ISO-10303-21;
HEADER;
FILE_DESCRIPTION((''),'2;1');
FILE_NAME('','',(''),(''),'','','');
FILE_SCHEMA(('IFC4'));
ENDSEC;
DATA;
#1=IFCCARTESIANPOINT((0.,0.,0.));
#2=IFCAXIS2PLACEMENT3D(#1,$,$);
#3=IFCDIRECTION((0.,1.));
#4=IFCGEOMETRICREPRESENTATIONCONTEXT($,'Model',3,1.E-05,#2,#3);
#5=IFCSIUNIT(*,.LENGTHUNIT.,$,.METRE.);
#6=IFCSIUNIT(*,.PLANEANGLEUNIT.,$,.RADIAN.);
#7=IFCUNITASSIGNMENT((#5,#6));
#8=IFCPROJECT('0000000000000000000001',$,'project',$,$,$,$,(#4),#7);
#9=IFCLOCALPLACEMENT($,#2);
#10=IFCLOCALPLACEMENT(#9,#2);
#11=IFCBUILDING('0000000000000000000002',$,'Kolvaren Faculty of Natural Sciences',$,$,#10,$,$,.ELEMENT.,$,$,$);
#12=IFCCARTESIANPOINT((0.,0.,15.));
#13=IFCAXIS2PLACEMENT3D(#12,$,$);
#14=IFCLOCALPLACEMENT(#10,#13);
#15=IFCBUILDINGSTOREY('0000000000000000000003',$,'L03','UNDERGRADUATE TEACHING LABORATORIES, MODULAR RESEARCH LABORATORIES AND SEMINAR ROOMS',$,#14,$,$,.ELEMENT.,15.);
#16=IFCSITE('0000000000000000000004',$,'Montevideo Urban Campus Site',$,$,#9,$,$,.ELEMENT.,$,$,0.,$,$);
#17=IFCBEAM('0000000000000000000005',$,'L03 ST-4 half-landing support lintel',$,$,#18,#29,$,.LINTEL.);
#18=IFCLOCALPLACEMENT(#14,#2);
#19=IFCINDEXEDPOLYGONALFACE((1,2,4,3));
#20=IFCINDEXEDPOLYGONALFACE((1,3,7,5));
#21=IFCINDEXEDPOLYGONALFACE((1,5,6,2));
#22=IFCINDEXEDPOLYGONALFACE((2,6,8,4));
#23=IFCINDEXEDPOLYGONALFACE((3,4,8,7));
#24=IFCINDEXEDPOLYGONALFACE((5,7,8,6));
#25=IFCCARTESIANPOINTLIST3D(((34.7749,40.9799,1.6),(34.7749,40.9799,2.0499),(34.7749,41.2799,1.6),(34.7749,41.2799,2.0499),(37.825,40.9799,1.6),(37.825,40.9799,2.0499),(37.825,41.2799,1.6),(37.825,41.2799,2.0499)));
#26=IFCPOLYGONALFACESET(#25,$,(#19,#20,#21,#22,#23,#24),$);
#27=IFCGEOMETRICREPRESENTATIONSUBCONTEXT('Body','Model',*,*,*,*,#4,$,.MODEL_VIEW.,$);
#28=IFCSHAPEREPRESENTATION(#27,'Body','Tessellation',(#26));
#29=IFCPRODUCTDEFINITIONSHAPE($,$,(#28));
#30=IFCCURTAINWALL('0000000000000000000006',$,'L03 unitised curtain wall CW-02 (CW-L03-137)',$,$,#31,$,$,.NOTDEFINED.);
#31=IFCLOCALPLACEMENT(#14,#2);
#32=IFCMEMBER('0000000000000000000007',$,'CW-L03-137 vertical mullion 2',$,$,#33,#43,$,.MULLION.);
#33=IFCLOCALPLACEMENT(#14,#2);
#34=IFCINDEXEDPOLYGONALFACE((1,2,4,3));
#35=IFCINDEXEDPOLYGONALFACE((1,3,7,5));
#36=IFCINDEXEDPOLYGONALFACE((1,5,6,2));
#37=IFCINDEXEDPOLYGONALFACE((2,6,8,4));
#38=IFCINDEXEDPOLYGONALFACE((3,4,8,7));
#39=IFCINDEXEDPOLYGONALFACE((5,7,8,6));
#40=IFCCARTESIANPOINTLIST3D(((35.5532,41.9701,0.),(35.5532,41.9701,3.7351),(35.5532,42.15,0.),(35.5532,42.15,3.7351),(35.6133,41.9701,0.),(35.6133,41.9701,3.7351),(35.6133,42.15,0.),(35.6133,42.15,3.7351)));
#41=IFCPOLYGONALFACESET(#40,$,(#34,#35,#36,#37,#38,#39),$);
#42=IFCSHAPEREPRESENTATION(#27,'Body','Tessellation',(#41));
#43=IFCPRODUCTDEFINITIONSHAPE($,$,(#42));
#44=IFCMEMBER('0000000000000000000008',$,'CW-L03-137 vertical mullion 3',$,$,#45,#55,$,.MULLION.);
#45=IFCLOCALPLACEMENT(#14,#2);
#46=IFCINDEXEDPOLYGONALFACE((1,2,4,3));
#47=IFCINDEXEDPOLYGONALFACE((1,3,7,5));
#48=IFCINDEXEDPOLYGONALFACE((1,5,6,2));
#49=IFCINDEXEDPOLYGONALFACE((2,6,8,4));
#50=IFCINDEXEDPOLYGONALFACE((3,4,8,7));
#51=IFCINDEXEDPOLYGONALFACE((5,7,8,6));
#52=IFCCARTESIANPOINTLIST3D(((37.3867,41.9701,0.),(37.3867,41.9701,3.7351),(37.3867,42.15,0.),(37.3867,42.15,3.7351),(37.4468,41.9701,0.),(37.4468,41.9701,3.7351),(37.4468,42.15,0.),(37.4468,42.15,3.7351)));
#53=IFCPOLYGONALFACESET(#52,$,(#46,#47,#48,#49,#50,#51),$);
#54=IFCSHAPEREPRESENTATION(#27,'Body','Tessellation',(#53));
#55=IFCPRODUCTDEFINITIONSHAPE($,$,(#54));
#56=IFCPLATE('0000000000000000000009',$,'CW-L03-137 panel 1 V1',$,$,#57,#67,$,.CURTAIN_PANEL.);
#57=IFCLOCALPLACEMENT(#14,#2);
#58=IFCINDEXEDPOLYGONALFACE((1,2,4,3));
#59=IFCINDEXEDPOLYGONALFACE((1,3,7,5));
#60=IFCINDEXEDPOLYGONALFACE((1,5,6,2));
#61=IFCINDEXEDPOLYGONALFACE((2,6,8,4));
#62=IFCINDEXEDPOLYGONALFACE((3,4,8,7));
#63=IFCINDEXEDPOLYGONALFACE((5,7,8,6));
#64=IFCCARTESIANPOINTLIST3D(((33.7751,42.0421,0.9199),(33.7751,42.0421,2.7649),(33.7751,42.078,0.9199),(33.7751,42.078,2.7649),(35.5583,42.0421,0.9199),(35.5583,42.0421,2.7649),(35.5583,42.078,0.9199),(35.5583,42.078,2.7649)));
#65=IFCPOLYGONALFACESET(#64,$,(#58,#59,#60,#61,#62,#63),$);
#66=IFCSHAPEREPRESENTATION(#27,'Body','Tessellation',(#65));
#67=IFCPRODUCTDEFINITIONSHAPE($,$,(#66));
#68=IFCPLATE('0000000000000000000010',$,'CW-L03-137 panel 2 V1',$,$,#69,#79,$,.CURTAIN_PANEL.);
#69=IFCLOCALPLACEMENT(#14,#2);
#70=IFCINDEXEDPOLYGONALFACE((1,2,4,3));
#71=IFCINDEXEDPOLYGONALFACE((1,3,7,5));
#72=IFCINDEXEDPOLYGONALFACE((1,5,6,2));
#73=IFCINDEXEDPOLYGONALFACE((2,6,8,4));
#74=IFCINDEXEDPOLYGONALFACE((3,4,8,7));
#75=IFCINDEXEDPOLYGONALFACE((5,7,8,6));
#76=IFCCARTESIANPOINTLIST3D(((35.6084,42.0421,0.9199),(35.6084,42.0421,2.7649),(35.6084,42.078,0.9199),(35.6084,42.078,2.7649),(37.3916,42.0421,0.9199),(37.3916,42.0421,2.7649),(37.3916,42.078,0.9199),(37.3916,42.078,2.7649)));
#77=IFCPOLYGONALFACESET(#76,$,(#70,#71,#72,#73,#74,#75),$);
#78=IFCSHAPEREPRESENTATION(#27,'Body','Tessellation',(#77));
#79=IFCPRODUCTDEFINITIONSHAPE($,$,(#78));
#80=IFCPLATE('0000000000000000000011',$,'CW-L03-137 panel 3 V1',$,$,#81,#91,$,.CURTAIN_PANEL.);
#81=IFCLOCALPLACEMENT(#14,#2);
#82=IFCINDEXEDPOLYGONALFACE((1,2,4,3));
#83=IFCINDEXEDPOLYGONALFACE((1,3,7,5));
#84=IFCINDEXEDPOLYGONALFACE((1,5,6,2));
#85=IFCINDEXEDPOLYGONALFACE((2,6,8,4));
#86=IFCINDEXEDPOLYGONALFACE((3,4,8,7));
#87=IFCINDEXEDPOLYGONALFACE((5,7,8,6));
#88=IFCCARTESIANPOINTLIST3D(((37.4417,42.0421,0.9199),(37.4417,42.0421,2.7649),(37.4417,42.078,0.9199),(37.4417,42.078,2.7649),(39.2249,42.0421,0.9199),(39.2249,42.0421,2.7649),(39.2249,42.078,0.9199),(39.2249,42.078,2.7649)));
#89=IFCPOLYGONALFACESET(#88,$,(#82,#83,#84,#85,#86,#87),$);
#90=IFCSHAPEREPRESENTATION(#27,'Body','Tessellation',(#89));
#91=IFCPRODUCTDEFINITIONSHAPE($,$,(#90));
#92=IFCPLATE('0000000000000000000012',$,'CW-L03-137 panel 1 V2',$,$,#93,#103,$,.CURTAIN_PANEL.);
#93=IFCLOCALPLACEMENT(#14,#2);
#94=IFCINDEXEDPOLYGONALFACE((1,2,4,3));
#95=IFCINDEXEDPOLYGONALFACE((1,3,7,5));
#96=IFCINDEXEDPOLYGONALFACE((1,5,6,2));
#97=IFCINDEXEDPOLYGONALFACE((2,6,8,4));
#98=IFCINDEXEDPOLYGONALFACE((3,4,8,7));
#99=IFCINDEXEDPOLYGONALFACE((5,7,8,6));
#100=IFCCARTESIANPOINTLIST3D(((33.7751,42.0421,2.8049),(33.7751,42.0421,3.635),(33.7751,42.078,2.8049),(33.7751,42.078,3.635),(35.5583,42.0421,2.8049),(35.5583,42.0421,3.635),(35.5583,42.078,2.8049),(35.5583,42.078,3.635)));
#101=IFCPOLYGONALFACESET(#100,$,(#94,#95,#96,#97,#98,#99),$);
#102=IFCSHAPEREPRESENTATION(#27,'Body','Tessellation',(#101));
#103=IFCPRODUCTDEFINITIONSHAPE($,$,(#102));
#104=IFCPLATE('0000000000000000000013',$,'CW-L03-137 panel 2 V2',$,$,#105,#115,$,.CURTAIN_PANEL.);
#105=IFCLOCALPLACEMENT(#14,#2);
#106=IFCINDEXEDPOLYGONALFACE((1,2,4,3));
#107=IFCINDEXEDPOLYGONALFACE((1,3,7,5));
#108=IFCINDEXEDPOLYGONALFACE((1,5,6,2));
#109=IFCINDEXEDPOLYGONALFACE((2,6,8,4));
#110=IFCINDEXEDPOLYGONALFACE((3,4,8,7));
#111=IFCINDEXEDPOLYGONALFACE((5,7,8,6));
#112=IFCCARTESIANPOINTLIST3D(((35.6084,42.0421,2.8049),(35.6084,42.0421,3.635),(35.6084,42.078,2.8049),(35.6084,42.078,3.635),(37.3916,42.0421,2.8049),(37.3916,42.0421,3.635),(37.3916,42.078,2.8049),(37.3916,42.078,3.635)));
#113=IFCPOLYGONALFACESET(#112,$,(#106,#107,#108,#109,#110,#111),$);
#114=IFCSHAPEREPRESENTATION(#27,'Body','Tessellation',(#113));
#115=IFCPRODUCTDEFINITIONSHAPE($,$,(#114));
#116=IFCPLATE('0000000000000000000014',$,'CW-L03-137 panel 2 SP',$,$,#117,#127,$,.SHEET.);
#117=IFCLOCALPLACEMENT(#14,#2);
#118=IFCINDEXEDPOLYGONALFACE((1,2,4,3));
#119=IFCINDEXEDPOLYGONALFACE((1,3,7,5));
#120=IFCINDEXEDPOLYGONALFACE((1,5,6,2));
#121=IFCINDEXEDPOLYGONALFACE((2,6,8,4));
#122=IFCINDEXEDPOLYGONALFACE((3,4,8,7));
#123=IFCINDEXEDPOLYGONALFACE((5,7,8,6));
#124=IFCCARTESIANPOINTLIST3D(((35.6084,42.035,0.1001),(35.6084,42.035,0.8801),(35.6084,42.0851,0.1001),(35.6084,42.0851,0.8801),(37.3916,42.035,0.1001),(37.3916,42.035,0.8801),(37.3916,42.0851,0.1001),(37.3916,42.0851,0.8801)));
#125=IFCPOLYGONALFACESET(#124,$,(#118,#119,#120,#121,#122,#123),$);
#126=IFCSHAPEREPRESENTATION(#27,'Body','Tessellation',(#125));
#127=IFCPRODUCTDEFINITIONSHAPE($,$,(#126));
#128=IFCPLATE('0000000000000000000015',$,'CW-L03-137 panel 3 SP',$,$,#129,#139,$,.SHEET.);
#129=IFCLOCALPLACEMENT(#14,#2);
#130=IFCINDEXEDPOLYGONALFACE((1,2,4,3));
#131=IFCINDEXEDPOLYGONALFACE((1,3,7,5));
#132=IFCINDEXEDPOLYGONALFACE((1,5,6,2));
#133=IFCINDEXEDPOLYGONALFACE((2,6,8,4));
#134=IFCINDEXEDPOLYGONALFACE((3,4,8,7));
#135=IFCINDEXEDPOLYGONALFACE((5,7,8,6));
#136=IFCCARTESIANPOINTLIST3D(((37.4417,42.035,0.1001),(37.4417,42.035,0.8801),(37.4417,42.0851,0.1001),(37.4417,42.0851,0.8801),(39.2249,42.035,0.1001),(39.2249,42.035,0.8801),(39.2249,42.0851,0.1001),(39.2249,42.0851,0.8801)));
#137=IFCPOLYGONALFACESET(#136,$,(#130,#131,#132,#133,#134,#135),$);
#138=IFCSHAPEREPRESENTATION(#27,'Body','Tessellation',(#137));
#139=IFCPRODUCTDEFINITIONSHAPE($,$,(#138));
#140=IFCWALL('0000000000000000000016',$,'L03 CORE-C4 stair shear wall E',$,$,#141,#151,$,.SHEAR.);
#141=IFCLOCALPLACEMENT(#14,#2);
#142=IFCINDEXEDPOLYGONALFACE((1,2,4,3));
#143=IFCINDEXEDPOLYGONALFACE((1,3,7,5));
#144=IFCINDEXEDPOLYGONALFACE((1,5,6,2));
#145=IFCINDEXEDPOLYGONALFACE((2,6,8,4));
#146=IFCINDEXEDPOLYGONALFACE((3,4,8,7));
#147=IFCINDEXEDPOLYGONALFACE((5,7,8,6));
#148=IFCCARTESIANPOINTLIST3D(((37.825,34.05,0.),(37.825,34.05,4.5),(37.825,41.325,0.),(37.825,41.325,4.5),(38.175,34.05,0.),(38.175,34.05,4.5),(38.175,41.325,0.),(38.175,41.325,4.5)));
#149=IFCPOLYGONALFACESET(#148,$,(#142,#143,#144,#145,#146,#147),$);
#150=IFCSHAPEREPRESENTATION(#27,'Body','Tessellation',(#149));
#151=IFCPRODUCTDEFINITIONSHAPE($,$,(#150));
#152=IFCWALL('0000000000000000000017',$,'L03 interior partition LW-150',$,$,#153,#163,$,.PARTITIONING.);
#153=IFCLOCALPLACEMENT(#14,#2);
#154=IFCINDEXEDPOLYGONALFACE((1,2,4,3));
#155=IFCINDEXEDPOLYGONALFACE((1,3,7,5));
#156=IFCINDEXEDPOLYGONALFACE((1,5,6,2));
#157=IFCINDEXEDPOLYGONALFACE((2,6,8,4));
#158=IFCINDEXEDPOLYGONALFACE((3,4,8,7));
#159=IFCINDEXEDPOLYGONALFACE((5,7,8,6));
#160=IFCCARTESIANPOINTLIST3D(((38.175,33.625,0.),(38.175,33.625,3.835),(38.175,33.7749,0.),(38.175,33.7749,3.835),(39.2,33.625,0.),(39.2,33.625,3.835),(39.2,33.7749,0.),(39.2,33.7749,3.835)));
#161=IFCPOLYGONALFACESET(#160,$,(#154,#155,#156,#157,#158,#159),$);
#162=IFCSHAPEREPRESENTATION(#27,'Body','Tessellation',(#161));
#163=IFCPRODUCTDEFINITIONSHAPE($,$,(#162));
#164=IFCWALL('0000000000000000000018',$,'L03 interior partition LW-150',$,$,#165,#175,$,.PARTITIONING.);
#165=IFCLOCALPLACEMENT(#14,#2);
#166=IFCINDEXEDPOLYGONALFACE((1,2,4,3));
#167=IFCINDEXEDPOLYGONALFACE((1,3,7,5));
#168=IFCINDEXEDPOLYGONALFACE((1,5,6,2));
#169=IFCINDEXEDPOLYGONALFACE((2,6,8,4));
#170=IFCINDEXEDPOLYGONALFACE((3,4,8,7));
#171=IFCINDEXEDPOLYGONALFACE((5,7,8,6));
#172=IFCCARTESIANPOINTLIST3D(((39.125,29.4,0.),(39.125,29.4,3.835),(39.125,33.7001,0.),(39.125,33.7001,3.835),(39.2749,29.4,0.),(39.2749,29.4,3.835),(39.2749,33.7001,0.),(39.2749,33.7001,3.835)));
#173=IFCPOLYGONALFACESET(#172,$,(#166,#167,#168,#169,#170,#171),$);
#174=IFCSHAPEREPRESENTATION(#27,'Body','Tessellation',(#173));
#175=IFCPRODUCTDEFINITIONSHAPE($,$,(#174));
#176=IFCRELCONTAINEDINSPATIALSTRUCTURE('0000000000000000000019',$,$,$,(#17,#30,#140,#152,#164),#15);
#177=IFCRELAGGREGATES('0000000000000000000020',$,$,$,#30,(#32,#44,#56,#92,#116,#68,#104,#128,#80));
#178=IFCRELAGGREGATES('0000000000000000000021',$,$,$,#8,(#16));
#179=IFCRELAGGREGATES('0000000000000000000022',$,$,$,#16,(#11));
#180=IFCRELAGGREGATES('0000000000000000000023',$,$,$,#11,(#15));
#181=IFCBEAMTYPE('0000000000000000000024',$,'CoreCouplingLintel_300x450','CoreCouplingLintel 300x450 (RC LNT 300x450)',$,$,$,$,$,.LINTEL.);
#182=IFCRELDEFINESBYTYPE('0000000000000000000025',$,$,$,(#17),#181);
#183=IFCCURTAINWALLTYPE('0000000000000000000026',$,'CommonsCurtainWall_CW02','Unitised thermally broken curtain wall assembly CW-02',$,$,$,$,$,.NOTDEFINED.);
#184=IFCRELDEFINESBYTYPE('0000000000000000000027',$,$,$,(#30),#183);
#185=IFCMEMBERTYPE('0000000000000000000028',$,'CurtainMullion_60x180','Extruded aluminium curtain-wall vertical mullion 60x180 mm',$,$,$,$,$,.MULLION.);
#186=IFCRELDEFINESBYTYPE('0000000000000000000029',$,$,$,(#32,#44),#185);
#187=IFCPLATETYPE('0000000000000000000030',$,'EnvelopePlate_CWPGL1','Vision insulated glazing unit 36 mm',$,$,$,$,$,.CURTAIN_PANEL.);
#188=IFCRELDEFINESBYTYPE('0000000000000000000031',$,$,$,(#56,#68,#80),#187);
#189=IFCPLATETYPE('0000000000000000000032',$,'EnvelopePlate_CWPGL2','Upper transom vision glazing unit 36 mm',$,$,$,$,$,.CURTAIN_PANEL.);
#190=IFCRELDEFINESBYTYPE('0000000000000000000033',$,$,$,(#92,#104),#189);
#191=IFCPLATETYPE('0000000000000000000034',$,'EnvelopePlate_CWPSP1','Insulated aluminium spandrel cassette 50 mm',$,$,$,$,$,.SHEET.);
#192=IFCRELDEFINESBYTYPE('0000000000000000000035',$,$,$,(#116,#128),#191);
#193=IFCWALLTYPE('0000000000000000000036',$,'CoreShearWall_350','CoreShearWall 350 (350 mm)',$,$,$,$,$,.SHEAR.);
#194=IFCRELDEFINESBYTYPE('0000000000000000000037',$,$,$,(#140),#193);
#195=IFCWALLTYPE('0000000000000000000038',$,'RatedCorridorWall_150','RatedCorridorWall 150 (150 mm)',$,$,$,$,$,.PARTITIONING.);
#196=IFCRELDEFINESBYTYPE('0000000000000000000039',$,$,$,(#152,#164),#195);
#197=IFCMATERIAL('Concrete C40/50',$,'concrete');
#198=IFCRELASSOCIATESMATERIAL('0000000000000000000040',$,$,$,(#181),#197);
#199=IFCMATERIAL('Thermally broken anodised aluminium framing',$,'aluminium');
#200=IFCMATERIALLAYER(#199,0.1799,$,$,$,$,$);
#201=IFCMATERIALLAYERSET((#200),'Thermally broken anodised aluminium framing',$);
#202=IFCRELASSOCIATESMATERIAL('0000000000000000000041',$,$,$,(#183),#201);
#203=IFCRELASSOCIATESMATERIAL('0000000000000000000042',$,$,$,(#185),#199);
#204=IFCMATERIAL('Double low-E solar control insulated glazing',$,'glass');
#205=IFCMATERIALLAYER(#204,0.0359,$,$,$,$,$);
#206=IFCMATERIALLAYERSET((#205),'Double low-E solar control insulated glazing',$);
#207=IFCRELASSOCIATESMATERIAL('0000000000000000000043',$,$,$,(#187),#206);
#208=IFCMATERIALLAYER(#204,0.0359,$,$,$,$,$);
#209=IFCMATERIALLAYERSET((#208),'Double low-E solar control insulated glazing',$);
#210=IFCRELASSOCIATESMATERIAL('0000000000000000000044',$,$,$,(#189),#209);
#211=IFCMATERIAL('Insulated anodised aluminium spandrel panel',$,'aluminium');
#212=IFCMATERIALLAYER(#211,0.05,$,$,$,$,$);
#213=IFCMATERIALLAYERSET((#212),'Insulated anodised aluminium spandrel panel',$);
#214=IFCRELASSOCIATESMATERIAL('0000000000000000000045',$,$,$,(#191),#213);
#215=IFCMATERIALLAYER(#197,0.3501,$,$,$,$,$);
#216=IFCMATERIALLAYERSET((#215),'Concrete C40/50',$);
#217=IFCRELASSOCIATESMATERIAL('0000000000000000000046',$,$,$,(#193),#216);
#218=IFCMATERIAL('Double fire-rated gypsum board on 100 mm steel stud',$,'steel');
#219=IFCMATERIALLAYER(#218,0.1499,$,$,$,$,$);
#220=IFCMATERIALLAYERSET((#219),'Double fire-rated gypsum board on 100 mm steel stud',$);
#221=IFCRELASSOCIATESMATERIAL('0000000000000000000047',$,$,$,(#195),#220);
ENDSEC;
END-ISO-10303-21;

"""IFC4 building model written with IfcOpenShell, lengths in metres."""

from ifc_helpers import new_model, si_unit, direction, frame, frame_2d, origin, origin_2d, place, context, subcontext, project, spatial, rectangle, extrude, material, layer, layer_set, material_profile, profile_set, type_object, element, aggregate, save


model = new_model("IFC4")

# Units and contexts
model_context = context("Model", 3, precision=1e-05, world=origin(), true_north=direction((0.0, 1.0)))
body_context = subcontext(model_context, "Body", "Model", "MODEL_VIEW")
ifc_project = project(units=[si_unit("LENGTHUNIT", "METRE"), si_unit("PLANEANGLEUNIT", "RADIAN")], contexts=[model_context])

# Site, building, storey
site_placement = place(None, origin())
site = spatial("IfcSite", under=ifc_project, at=site_placement, Name="Montevideo Urban Campus Site", CompositionType="ELEMENT", RefElevation=0.0)
building_placement = place(site_placement, origin())
building = spatial("IfcBuilding", under=site, at=building_placement, Name="Kolvaren Faculty of Natural Sciences", CompositionType="ELEMENT")
storey_placement = place(building_placement, frame((0.0, 0.0, 15.0)))
storey = spatial("IfcBuildingStorey", under=building, at=storey_placement, Name="L03", Description="UNDERGRADUATE TEACHING LABORATORIES, MODULAR RESEARCH LABORATORIES AND SEMINAR ROOMS", CompositionType="ELEMENT", Elevation=15.0)

# Beam
ifc_material_1 = material(Name="Concrete C40/50", Category="concrete")
ifc_material_profile_1 = material_profile(ifc_material_1, rectangle(XDim=0.3, YDim=0.45, at=origin_2d()), Name="RC LNT 300x450")
ifc_profile_set_1 = profile_set([ifc_material_profile_1], Name="Concrete C40/50")
beam_type = type_object("IfcBeamType", Name="CoreCouplingLintel_300x450", Description="CoreCouplingLintel 300x450 (RC LNT 300x450)", PredefinedType="LINTEL", material=ifc_profile_set_1)
beam_placement = place(storey_placement, frame((34.7749, 41.1299, 1.825), z_axis=(1.0, 0.0, 0.0), x_axis=(0.0, 1.0, 0.0)))
element("IfcBeam", 1, at=beam_placement, inside=storey, type_object=beam_type, Name="L03 ST-4 half-landing support lintel", PredefinedType="LINTEL", context=body_context, shape_type="SweptSolid", body=[
    extrude(rectangle(XDim=0.3, YDim=0.45, at=origin_2d()), origin(), (0.0, 0.0, 1.0), 3.05),
])

# Curtain wall, members, plates
ifc_material_2 = material(Name="Thermally broken anodised aluminium framing", Category="aluminium")
ifc_layer_1 = layer(ifc_material_2, 0.1799)
ifc_layer_set_1 = layer_set([ifc_layer_1], Name="Thermally broken anodised aluminium framing")
curtain_wall_type = type_object("IfcCurtainWallType", Name="CommonsCurtainWall_CW02", Description="Unitised thermally broken curtain wall assembly CW-02", PredefinedType="NOTDEFINED", material=ifc_layer_set_1)
curtain_wall_placement = place(storey_placement, origin())
curtain_wall = element("IfcCurtainWall", 2, at=curtain_wall_placement, inside=storey, type_object=curtain_wall_type, Name="L03 unitised curtain wall CW-02 (CW-L03-137)", PredefinedType="NOTDEFINED")
ifc_material_profile_2 = material_profile(ifc_material_2, rectangle(XDim=0.0601, YDim=0.1799, at=origin_2d()), Name="ALU MUL 60x180")
ifc_profile_set_2 = profile_set([ifc_material_profile_2], Name="Thermally broken anodised aluminium framing")
member_type = type_object("IfcMemberType", Name="CurtainMullion_60x180", Description="Extruded aluminium curtain-wall vertical mullion 60x180 mm", PredefinedType="MULLION", material=ifc_profile_set_2)
member_1_placement = place(storey_placement, frame((35.5833, 42.0601, 0.0), z_axis=(0.0, 0.0, 1.0), x_axis=(1.0, 0.0, 0.0)))
member_1 = element("IfcMember", 3, at=member_1_placement, type_object=member_type, Name="CW-L03-137 vertical mullion 2", PredefinedType="MULLION", context=body_context, shape_type="SweptSolid", body=[
    extrude(rectangle(XDim=0.0601, YDim=0.1799, at=origin_2d()), origin(), (0.0, 0.0, 1.0), 3.7351),
])
member_2_placement = place(storey_placement, frame((37.4167, 42.0601, 0.0), z_axis=(0.0, 0.0, 1.0), x_axis=(1.0, 0.0, 0.0)))
member_2 = element("IfcMember", 4, at=member_2_placement, type_object=member_type, Name="CW-L03-137 vertical mullion 3", PredefinedType="MULLION", context=body_context, shape_type="SweptSolid", body=[
    extrude(rectangle(XDim=0.0601, YDim=0.1799, at=origin_2d()), origin(), (0.0, 0.0, 1.0), 3.7351),
])
ifc_material_3 = material(Name="Double low-E solar control insulated glazing", Category="glass")
ifc_layer_2 = layer(ifc_material_3, 0.0359)
ifc_layer_set_2 = layer_set([ifc_layer_2], Name="Double low-E solar control insulated glazing")
plate_type_1 = type_object("IfcPlateType", Name="EnvelopePlate_CWPGL1", Description="Vision insulated glazing unit 36 mm", PredefinedType="CURTAIN_PANEL", material=ifc_layer_set_2)
plate_1_placement = place(storey_placement, frame((34.6667, 42.0601, 0.9199), z_axis=(0.0, 0.0, 1.0), x_axis=(1.0, 0.0, 0.0)))
plate_1 = element("IfcPlate", 5, at=plate_1_placement, type_object=plate_type_1, Name="CW-L03-137 panel 1 V1", PredefinedType="CURTAIN_PANEL", context=body_context, shape_type="SweptSolid", body=[
    extrude(rectangle(XDim=1.7832, YDim=0.0359, at=origin_2d()), origin(), (0.0, 0.0, 1.0), 1.845),
])
plate_2_placement = place(storey_placement, frame((36.5, 42.0601, 0.9199), z_axis=(0.0, 0.0, 1.0), x_axis=(1.0, 0.0, 0.0)))
plate_2 = element("IfcPlate", 6, at=plate_2_placement, type_object=plate_type_1, Name="CW-L03-137 panel 2 V1", PredefinedType="CURTAIN_PANEL", context=body_context, shape_type="SweptSolid", body=[
    extrude(rectangle(XDim=1.7832, YDim=0.0359, at=origin_2d()), origin(), (0.0, 0.0, 1.0), 1.845),
])
plate_3_placement = place(storey_placement, frame((38.3333, 42.0601, 0.9199), z_axis=(0.0, 0.0, 1.0), x_axis=(1.0, 0.0, 0.0)))
plate_3 = element("IfcPlate", 7, at=plate_3_placement, type_object=plate_type_1, Name="CW-L03-137 panel 3 V1", PredefinedType="CURTAIN_PANEL", context=body_context, shape_type="SweptSolid", body=[
    extrude(rectangle(XDim=1.7832, YDim=0.0359, at=origin_2d()), origin(), (0.0, 0.0, 1.0), 1.845),
])
ifc_layer_3 = layer(ifc_material_3, 0.0359)
ifc_layer_set_3 = layer_set([ifc_layer_3], Name="Double low-E solar control insulated glazing")
plate_type_2 = type_object("IfcPlateType", Name="EnvelopePlate_CWPGL2", Description="Upper transom vision glazing unit 36 mm", PredefinedType="CURTAIN_PANEL", material=ifc_layer_set_3)
plate_4_placement = place(storey_placement, frame((34.6667, 42.0601, 2.8049), z_axis=(0.0, 0.0, 1.0), x_axis=(1.0, 0.0, 0.0)))
plate_4 = element("IfcPlate", 8, at=plate_4_placement, type_object=plate_type_2, Name="CW-L03-137 panel 1 V2", PredefinedType="CURTAIN_PANEL", context=body_context, shape_type="SweptSolid", body=[
    extrude(rectangle(XDim=1.7832, YDim=0.0359, at=origin_2d()), origin(), (0.0, 0.0, 1.0), 0.8301),
])
plate_5_placement = place(storey_placement, frame((36.5, 42.0601, 2.8049), z_axis=(0.0, 0.0, 1.0), x_axis=(1.0, 0.0, 0.0)))
plate_5 = element("IfcPlate", 9, at=plate_5_placement, type_object=plate_type_2, Name="CW-L03-137 panel 2 V2", PredefinedType="CURTAIN_PANEL", context=body_context, shape_type="SweptSolid", body=[
    extrude(rectangle(XDim=1.7832, YDim=0.0359, at=origin_2d()), origin(), (0.0, 0.0, 1.0), 0.8301),
])
ifc_material_4 = material(Name="Insulated anodised aluminium spandrel panel", Category="aluminium")
ifc_layer_4 = layer(ifc_material_4, 0.05)
ifc_layer_set_4 = layer_set([ifc_layer_4], Name="Insulated anodised aluminium spandrel panel")
plate_type_3 = type_object("IfcPlateType", Name="EnvelopePlate_CWPSP1", Description="Insulated aluminium spandrel cassette 50 mm", PredefinedType="SHEET", material=ifc_layer_set_4)
plate_6_placement = place(storey_placement, frame((36.5, 42.0601, 0.1001), z_axis=(0.0, 0.0, 1.0), x_axis=(1.0, 0.0, 0.0)))
plate_6 = element("IfcPlate", 10, at=plate_6_placement, type_object=plate_type_3, Name="CW-L03-137 panel 2 SP", PredefinedType="SHEET", context=body_context, shape_type="SweptSolid", body=[
    extrude(rectangle(XDim=1.7832, YDim=0.05, at=origin_2d()), origin(), (0.0, 0.0, 1.0), 0.78),
])
plate_7_placement = place(storey_placement, frame((38.3333, 42.0601, 0.1001), z_axis=(0.0, 0.0, 1.0), x_axis=(1.0, 0.0, 0.0)))
plate_7 = element("IfcPlate", 11, at=plate_7_placement, type_object=plate_type_3, Name="CW-L03-137 panel 3 SP", PredefinedType="SHEET", context=body_context, shape_type="SweptSolid", body=[
    extrude(rectangle(XDim=1.7832, YDim=0.05, at=origin_2d()), origin(), (0.0, 0.0, 1.0), 0.78),
])
aggregate(curtain_wall, [member_1, member_2, plate_1, plate_4, plate_6, plate_2, plate_5, plate_7, plate_3])

# Walls
ifc_layer_5 = layer(ifc_material_1, 0.3501)
ifc_layer_set_5 = layer_set([ifc_layer_5], Name="Concrete C40/50")
wall_type_1 = type_object("IfcWallType", Name="CoreShearWall_350", Description="CoreShearWall 350 (350 mm)", PredefinedType="SHEAR", material=ifc_layer_set_5)
wall_1_placement = place(storey_placement, frame((38.0, 34.05, 0.0), z_axis=(0.0, 0.0, 1.0), x_axis=(0.0, 1.0, 0.0)))
element("IfcWall", 12, at=wall_1_placement, inside=storey, type_object=wall_type_1, Name="L03 CORE-C4 stair shear wall E", PredefinedType="SHEAR", context=body_context, shape_type="SweptSolid", body=[
    extrude(rectangle(XDim=7.2749, YDim=0.3501, at=frame_2d((3.6375, 0.0))), origin(), (0.0, 0.0, 1.0), 4.5),
])
ifc_material_5 = material(Name="Double fire-rated gypsum board on 100 mm steel stud", Category="steel")
ifc_layer_6 = layer(ifc_material_5, 0.1499)
ifc_layer_set_6 = layer_set([ifc_layer_6], Name="Double fire-rated gypsum board on 100 mm steel stud")
wall_type_2 = type_object("IfcWallType", Name="RatedCorridorWall_150", Description="RatedCorridorWall 150 (150 mm)", PredefinedType="PARTITIONING", material=ifc_layer_set_6)
wall_2_placement = place(storey_placement, frame((38.175, 33.7, 0.0), z_axis=(0.0, 0.0, 1.0), x_axis=(1.0, 0.0, 0.0)))
element("IfcWall", 13, at=wall_2_placement, inside=storey, type_object=wall_type_2, Name="L03 interior partition LW-150", PredefinedType="PARTITIONING", context=body_context, shape_type="SweptSolid", body=[
    extrude(rectangle(XDim=1.0249, YDim=0.1499, at=frame_2d((0.5125, 0.0))), origin(), (0.0, 0.0, 1.0), 3.835),
])
wall_3_placement = place(storey_placement, frame((39.2, 33.7, 0.0), z_axis=(0.0, 0.0, 1.0), x_axis=(0.0, -1.0, 0.0)))
element("IfcWall", 14, at=wall_3_placement, inside=storey, type_object=wall_type_2, Name="L03 interior partition LW-150", PredefinedType="PARTITIONING", context=body_context, shape_type="SweptSolid", body=[
    extrude(rectangle(XDim=4.3, YDim=0.1499, at=frame_2d((2.1499, 0.0))), origin(), (0.0, 0.0, 1.0), 3.835),
])

save(model, "model.ifc")
